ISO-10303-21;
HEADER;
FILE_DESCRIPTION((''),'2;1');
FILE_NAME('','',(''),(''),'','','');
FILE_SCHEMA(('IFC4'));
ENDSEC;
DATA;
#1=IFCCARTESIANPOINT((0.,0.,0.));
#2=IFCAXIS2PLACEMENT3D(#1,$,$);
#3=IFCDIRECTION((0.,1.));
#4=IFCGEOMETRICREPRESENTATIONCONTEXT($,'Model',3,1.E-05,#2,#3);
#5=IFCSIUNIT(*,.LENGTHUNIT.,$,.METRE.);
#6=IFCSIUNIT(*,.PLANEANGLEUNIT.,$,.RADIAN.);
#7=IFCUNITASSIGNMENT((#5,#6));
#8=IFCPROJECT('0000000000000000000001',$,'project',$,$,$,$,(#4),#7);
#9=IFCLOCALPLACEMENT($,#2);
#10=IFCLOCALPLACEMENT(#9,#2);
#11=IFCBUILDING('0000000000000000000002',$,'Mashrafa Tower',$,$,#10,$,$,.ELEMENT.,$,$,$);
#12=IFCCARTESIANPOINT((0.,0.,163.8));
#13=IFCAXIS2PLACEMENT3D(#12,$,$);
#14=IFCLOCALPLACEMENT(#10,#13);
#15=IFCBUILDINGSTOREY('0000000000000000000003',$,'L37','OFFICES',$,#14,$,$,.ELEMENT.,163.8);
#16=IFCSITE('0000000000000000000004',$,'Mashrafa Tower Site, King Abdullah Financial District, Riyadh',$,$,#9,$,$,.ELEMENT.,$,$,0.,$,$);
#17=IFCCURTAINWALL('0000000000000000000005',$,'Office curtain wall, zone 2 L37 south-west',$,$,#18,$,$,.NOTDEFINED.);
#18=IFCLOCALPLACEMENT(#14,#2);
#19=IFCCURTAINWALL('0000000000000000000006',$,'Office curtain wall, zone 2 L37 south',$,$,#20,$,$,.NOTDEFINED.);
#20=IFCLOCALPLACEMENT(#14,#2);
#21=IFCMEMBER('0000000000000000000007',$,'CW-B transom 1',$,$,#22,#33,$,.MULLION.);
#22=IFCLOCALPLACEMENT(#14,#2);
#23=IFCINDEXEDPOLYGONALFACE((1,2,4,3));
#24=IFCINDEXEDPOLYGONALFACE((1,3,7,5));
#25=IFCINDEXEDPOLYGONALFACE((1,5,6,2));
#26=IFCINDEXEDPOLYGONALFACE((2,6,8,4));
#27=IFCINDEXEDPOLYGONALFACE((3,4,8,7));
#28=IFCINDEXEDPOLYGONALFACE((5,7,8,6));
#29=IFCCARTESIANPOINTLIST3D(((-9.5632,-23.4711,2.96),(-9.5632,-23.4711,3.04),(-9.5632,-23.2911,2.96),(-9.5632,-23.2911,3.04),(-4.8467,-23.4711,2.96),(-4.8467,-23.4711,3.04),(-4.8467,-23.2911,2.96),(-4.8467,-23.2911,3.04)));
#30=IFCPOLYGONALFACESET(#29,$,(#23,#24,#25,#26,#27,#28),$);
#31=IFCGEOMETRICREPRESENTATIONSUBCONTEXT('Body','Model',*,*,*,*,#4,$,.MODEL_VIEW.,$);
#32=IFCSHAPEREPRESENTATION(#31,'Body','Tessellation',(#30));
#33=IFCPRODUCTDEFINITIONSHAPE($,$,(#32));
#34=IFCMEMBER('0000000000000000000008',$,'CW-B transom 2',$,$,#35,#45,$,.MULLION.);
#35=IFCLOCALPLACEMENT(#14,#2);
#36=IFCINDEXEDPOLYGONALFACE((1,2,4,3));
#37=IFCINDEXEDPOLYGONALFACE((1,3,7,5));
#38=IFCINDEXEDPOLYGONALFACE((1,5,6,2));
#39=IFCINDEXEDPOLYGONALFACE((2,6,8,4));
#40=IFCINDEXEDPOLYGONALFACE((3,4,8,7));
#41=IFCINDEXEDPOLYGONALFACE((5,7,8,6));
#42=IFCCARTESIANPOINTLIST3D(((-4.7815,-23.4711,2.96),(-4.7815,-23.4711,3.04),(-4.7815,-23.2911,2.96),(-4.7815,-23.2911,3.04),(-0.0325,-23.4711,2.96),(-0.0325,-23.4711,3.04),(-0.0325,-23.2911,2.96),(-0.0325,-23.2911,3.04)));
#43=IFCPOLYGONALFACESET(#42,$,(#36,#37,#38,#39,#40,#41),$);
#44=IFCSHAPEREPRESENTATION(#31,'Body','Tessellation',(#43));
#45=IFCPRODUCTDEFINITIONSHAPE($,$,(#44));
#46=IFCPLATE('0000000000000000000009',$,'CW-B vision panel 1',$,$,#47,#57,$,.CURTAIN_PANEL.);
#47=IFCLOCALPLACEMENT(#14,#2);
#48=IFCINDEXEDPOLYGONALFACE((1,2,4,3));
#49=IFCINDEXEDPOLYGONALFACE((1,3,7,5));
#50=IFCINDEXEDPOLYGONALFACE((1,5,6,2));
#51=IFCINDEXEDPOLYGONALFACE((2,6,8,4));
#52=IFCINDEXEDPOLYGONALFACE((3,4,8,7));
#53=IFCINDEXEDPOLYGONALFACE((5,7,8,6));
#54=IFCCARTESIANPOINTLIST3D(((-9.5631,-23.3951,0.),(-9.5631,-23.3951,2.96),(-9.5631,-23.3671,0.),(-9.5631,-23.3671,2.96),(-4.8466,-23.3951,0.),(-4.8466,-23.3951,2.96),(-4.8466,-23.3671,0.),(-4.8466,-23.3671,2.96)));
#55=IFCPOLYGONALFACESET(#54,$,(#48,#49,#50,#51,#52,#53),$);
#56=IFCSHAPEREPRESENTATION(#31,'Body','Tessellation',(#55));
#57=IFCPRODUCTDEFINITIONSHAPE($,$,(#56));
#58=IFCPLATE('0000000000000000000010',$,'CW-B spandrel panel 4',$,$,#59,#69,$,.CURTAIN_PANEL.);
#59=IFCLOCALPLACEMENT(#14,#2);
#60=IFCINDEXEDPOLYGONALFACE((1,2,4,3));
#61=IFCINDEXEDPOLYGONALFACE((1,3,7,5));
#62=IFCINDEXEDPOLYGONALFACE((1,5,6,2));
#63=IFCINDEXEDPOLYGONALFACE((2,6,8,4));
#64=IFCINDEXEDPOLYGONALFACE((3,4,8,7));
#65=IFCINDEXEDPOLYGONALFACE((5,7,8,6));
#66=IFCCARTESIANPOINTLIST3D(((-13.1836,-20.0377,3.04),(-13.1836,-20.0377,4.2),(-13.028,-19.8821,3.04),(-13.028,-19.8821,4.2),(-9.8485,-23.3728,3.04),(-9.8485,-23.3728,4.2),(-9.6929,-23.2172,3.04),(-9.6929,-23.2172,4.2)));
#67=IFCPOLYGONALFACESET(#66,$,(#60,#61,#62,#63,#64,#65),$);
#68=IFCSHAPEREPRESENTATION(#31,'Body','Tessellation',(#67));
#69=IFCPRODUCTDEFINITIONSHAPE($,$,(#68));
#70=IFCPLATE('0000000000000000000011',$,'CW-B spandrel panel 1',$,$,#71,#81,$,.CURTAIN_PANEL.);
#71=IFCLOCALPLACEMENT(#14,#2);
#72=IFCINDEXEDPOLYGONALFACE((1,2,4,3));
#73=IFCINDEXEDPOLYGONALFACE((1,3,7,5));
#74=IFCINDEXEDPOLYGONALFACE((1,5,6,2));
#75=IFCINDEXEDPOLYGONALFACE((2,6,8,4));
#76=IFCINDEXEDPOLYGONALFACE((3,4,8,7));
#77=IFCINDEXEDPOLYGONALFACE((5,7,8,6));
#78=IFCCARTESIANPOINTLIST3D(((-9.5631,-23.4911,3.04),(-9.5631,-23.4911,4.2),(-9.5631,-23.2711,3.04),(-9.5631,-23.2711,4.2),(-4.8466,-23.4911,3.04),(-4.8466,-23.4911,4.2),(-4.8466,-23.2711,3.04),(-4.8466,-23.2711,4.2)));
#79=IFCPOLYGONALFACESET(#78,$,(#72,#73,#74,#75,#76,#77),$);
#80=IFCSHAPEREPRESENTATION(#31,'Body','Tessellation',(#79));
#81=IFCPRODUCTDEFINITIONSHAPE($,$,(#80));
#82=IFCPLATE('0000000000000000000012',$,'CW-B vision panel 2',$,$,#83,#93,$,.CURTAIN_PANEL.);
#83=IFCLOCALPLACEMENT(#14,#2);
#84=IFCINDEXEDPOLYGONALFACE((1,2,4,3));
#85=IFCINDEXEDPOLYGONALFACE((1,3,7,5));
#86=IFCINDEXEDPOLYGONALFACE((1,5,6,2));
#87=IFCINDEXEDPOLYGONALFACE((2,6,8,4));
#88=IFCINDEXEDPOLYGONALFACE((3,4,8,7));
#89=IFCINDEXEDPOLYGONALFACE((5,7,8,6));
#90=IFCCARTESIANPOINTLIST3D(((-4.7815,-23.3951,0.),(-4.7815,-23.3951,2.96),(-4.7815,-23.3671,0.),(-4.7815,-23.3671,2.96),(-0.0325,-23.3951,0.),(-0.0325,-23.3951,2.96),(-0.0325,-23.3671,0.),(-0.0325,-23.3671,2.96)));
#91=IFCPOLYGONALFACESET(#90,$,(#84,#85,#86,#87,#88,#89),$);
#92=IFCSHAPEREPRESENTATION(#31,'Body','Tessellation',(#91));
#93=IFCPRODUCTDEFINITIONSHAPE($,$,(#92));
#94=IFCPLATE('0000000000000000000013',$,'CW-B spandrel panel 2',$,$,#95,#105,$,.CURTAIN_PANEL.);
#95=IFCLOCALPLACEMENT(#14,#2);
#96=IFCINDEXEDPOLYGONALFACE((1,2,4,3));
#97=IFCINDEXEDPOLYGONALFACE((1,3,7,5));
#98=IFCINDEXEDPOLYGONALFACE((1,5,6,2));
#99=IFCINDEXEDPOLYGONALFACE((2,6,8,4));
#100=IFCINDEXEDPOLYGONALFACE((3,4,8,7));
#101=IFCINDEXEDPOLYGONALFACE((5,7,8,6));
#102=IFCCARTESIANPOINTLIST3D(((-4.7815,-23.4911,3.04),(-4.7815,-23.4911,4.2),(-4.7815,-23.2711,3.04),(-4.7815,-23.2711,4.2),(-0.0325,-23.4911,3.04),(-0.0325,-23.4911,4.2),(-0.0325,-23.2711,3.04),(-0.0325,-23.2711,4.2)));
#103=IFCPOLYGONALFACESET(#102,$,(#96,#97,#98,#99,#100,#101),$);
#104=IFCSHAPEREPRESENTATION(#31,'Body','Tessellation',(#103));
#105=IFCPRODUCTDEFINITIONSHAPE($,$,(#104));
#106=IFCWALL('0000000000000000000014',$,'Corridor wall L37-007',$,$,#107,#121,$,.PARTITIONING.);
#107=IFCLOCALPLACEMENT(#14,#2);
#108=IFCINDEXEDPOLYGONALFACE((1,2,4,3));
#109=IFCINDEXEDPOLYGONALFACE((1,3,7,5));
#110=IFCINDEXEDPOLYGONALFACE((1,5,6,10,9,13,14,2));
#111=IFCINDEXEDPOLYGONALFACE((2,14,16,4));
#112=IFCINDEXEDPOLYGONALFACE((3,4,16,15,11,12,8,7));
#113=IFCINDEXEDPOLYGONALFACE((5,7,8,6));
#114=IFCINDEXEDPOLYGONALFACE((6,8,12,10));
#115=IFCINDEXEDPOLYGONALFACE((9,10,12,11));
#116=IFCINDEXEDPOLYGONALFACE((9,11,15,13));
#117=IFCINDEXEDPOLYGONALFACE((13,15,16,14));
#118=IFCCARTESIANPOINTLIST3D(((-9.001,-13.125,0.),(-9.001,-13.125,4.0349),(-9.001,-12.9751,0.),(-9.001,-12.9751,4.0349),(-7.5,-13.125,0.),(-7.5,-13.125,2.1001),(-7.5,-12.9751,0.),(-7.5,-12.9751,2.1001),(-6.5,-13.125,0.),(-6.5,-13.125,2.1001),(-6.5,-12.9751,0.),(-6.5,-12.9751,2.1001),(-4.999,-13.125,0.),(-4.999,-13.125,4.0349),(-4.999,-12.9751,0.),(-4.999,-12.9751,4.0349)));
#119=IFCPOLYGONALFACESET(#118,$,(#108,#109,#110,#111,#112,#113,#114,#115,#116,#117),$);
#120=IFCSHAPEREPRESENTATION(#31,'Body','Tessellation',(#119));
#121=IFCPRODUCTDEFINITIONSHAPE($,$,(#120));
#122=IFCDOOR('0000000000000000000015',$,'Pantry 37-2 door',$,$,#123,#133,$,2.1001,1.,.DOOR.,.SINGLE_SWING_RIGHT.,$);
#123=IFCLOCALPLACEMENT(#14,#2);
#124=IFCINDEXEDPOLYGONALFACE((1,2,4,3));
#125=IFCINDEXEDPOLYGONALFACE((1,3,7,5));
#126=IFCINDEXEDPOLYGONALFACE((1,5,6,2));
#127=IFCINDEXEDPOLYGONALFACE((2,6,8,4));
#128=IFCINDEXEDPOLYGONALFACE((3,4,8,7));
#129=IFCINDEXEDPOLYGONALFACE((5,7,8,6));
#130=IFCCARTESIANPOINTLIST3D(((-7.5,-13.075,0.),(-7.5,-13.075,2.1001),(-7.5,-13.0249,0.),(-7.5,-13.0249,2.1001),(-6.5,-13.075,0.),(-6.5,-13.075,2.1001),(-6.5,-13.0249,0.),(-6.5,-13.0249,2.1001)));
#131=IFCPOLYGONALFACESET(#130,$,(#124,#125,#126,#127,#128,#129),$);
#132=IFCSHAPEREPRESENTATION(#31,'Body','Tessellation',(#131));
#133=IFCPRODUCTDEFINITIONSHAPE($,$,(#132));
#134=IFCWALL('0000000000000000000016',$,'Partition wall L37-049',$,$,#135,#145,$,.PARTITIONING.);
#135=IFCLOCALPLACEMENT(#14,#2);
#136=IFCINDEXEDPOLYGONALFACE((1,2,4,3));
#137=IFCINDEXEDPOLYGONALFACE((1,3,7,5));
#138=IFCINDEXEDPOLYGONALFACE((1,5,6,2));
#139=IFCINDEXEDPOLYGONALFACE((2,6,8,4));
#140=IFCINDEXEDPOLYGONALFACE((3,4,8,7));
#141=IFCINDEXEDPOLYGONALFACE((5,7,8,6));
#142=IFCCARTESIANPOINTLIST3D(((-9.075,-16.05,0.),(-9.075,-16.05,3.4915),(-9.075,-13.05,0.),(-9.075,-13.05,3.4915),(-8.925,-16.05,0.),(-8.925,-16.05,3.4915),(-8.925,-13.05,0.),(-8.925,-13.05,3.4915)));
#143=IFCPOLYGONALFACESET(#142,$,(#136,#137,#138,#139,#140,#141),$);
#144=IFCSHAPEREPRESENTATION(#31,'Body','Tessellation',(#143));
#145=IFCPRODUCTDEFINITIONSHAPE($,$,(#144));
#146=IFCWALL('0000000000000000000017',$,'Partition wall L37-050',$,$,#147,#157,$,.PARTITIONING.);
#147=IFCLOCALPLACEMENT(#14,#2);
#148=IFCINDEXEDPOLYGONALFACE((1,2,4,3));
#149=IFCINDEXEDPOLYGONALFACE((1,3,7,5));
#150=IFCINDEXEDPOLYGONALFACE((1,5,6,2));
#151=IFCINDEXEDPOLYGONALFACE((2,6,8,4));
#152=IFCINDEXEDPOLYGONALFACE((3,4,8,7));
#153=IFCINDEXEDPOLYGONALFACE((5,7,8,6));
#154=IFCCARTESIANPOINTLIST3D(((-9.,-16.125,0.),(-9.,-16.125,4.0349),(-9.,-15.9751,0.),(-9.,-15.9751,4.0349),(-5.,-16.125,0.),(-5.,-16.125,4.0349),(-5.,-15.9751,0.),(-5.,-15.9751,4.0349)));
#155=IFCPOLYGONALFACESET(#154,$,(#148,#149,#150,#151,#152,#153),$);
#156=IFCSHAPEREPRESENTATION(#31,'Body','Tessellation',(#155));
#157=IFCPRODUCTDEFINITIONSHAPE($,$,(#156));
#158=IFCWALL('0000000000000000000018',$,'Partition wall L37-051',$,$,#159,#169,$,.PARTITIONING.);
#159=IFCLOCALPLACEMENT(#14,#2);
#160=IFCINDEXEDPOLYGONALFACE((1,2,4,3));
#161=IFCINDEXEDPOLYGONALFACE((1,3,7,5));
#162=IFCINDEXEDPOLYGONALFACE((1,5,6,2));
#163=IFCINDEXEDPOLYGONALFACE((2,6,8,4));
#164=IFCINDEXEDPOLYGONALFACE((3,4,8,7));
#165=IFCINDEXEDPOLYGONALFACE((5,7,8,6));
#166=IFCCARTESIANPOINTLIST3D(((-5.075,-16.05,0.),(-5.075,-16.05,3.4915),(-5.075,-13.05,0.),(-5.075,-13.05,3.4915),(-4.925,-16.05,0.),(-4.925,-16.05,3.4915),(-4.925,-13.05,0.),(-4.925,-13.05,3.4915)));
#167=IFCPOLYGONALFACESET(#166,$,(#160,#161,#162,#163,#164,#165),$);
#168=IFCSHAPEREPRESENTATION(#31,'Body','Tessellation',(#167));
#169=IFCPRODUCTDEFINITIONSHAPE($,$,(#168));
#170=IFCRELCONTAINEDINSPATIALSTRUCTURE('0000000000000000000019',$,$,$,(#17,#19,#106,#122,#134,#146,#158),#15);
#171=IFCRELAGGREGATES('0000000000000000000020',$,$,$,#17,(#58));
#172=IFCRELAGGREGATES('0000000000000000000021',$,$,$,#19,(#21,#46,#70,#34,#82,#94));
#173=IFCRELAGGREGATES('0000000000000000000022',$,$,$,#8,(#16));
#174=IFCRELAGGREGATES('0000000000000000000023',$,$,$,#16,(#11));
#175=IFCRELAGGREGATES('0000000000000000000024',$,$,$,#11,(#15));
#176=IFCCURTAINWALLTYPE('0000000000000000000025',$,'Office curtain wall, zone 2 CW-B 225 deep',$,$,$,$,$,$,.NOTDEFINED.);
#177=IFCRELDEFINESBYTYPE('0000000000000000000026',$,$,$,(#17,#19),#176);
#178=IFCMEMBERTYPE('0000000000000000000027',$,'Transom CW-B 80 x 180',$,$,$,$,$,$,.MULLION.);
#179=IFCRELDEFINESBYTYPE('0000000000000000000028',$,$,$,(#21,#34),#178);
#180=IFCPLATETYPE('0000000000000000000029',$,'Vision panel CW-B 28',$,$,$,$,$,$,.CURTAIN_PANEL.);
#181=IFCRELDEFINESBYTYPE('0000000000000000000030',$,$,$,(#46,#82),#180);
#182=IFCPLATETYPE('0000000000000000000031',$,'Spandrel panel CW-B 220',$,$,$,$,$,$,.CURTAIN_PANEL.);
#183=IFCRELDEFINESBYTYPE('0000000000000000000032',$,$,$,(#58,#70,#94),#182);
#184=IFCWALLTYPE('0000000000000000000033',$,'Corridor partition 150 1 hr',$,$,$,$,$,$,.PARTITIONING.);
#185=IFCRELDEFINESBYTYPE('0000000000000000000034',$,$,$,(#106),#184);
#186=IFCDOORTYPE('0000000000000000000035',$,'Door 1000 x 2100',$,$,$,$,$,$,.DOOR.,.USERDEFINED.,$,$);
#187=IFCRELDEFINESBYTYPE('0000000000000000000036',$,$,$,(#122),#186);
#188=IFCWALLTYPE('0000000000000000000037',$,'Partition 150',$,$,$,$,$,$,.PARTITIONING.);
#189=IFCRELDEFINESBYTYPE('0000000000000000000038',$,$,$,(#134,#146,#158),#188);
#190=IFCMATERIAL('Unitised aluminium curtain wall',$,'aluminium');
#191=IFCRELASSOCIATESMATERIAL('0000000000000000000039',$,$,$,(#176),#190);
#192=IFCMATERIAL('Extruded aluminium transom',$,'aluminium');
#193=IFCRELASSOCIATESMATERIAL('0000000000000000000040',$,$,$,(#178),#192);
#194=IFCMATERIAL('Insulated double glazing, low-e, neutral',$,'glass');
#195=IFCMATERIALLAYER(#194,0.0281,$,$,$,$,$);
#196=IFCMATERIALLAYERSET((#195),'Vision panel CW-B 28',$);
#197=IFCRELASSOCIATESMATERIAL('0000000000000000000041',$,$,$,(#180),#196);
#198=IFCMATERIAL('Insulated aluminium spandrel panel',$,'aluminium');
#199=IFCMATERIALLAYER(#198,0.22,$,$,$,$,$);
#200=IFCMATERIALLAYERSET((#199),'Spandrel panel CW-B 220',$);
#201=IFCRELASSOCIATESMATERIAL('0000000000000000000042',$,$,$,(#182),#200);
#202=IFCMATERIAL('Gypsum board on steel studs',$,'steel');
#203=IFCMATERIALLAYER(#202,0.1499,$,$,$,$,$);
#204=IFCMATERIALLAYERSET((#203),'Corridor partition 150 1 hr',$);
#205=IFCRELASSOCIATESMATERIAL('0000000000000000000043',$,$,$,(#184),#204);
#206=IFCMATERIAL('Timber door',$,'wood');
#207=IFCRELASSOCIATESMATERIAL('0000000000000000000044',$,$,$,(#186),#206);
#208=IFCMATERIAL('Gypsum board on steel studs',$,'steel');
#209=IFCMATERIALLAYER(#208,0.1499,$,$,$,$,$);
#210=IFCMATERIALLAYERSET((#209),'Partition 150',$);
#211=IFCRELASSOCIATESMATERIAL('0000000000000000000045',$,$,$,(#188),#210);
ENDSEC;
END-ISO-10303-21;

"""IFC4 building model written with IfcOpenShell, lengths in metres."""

from ifc_helpers import new_model, si_unit, direction, frame, frame_2d, origin, origin_2d, place, context, subcontext, project, spatial, rectangle, extrude, source, transform, mapped, material, layer, layer_set, material_profile, profile_set, type_object, type_shapes, element, fill, aggregate, save


model = new_model("IFC4")

# Units and contexts
model_context = context("Model", 3, precision=1e-05, world=origin(), true_north=direction((0.0, 1.0)))
body_context = subcontext(model_context, "Body", "Model", "MODEL_VIEW")
ifc_project = project(units=[si_unit("LENGTHUNIT", "METRE"), si_unit("PLANEANGLEUNIT", "RADIAN")], contexts=[model_context])

# Site, building, storey
site_placement = place(None, origin())
site = spatial("IfcSite", under=ifc_project, at=site_placement, Name="Mashrafa Tower Site, King Abdullah Financial District, Riyadh", CompositionType="ELEMENT", RefElevation=0.0)
building_placement = place(site_placement, origin())
building = spatial("IfcBuilding", under=site, at=building_placement, Name="Mashrafa Tower", CompositionType="ELEMENT")
storey_placement = place(building_placement, frame((0.0, 0.0, 163.8)))
storey = spatial("IfcBuildingStorey", under=building, at=storey_placement, Name="L37", Description="OFFICES", CompositionType="ELEMENT", Elevation=163.8)

# Curtain wall
ifc_material_1 = material(Name="Unitised aluminium curtain wall", Category="aluminium")
curtain_wall_type = type_object("IfcCurtainWallType", Name="Office curtain wall, zone 2 CW-B 225 deep", PredefinedType="NOTDEFINED", material=ifc_material_1)
curtain_wall_1_placement = place(storey_placement, origin())
curtain_wall_1 = element("IfcCurtainWall", 1, at=curtain_wall_1_placement, inside=storey, type_object=curtain_wall_type, Name="Office curtain wall, zone 2 L37 south-west", PredefinedType="NOTDEFINED")

# Curtain wall, members, plate
curtain_wall_2_placement = place(storey_placement, origin())
curtain_wall_2 = element("IfcCurtainWall", 2, at=curtain_wall_2_placement, inside=storey, type_object=curtain_wall_type, Name="Office curtain wall, zone 2 L37 south", PredefinedType="NOTDEFINED")
ifc_material_2 = material(Name="Extruded aluminium transom", Category="aluminium")
ifc_material_profile_1 = material_profile(ifc_material_2, rectangle(XDim=0.1799, YDim=0.0801, at=origin_2d()), Name="Transom 80x180")
ifc_profile_set_1 = profile_set([ifc_material_profile_1], Name="Extruded aluminium transom")
member_type_1 = type_object("IfcMemberType", Name="Transom CW-B 80 x 180", PredefinedType="MULLION", material=ifc_profile_set_1)
shared_shape_1 = source(origin(), body_context, "Body", "SweptSolid", [
    extrude(rectangle(XDim=0.1799, YDim=0.0801, at=origin_2d()), origin(), (0.0, 0.0, 1.0), 4.7166),
])
member_1_placement = place(storey_placement, frame((-9.5632, -23.3811, 3.0), z_axis=(1.0, 0.0, 0.0), x_axis=(0.0, 1.0, 0.0)))
member_1 = element("IfcMember", 3, at=member_1_placement, type_object=member_type_1, Name="CW-B transom 1", PredefinedType="MULLION", context=body_context, shape_type="MappedRepresentation", body=[
    mapped(shared_shape_1, transform((0.0, 0.0, 0.0))),
])
shared_shape_2 = source(origin(), body_context, "Body", "SweptSolid", [
    extrude(rectangle(XDim=0.1799, YDim=0.0801, at=origin_2d()), origin(), (0.0, 0.0, 1.0), 4.749),
])
type_shapes(member_type_1, [shared_shape_1, shared_shape_2])
member_2_placement = place(storey_placement, frame((-4.7815, -23.3811, 3.0), z_axis=(1.0, 0.0, 0.0), x_axis=(0.0, 1.0, 0.0)))
member_2 = element("IfcMember", 4, at=member_2_placement, type_object=member_type_1, Name="CW-B transom 2", PredefinedType="MULLION", context=body_context, shape_type="MappedRepresentation", body=[
    mapped(shared_shape_2, transform((0.0, 0.0, 0.0))),
])
ifc_material_3 = material(Name="Insulated double glazing, low-e, neutral", Category="glass")
ifc_layer_1 = layer(ifc_material_3, 0.0281)
ifc_layer_set_1 = layer_set([ifc_layer_1], Name="Vision panel CW-B 28")
plate_type_1 = type_object("IfcPlateType", Name="Vision panel CW-B 28", PredefinedType="CURTAIN_PANEL", material=ifc_layer_set_1)
shared_shape_3 = source(origin(), body_context, "Body", "SweptSolid", [
    extrude(rectangle(XDim=4.7166, YDim=0.0281, at=origin_2d()), origin(), (0.0, 0.0, 1.0), 2.96),
])
plate_1_placement = place(storey_placement, frame((-7.2048, -23.3811, 0.0), z_axis=(0.0, 0.0, 1.0), x_axis=(1.0, 0.0, 0.0)))
plate_1 = element("IfcPlate", 5, at=plate_1_placement, type_object=plate_type_1, Name="CW-B vision panel 1", PredefinedType="CURTAIN_PANEL", context=body_context, shape_type="MappedRepresentation", body=[
    mapped(shared_shape_3, transform((0.0, 0.0, 0.0))),
])

# Plates
ifc_material_4 = material(Name="Insulated aluminium spandrel panel", Category="aluminium")
ifc_layer_2 = layer(ifc_material_4, 0.22)
ifc_layer_set_2 = layer_set([ifc_layer_2], Name="Spandrel panel CW-B 220")
plate_type_2 = type_object("IfcPlateType", Name="Spandrel panel CW-B 220", PredefinedType="CURTAIN_PANEL", material=ifc_layer_set_2)
shared_shape_4 = source(origin(), body_context, "Body", "SweptSolid", [
    extrude(rectangle(XDim=4.7166, YDim=0.22, at=origin_2d()), origin(), (0.0, 0.0, 1.0), 1.1599),
])
plate_2_placement = place(storey_placement, frame((-11.4382, -21.6274, 3.04), z_axis=(0.0, 0.0, 1.0), x_axis=(0.707107, -0.707107, 0.0)))
plate_2 = element("IfcPlate", 6, at=plate_2_placement, type_object=plate_type_2, Name="CW-B spandrel panel 4", PredefinedType="CURTAIN_PANEL", context=body_context, shape_type="MappedRepresentation", body=[
    mapped(shared_shape_4, transform((0.0, 0.0, 0.0))),
])
aggregate(curtain_wall_1, [plate_2])
plate_3_placement = place(storey_placement, frame((-7.2048, -23.3811, 3.04), z_axis=(0.0, 0.0, 1.0), x_axis=(1.0, 0.0, 0.0)))
plate_3 = element("IfcPlate", 7, at=plate_3_placement, type_object=plate_type_2, Name="CW-B spandrel panel 1", PredefinedType="CURTAIN_PANEL", context=body_context, shape_type="MappedRepresentation", body=[
    mapped(shared_shape_4, transform((0.0, 0.0, 0.0))),
])
shared_shape_5 = source(origin(), body_context, "Body", "SweptSolid", [
    extrude(rectangle(XDim=4.749, YDim=0.0281, at=origin_2d()), origin(), (0.0, 0.0, 1.0), 2.96),
])
type_shapes(plate_type_1, [shared_shape_3, shared_shape_5])
plate_4_placement = place(storey_placement, frame((-2.407, -23.3811, 0.0), z_axis=(0.0, 0.0, 1.0), x_axis=(1.0, 0.0, 0.0)))
plate_4 = element("IfcPlate", 8, at=plate_4_placement, type_object=plate_type_1, Name="CW-B vision panel 2", PredefinedType="CURTAIN_PANEL", context=body_context, shape_type="MappedRepresentation", body=[
    mapped(shared_shape_5, transform((0.0, 0.0, 0.0))),
])
shared_shape_6 = source(origin(), body_context, "Body", "SweptSolid", [
    extrude(rectangle(XDim=4.749, YDim=0.22, at=origin_2d()), origin(), (0.0, 0.0, 1.0), 1.1599),
])
type_shapes(plate_type_2, [shared_shape_4, shared_shape_6])
plate_5_placement = place(storey_placement, frame((-2.407, -23.3811, 3.04), z_axis=(0.0, 0.0, 1.0), x_axis=(1.0, 0.0, 0.0)))
plate_5 = element("IfcPlate", 9, at=plate_5_placement, type_object=plate_type_2, Name="CW-B spandrel panel 2", PredefinedType="CURTAIN_PANEL", context=body_context, shape_type="MappedRepresentation", body=[
    mapped(shared_shape_6, transform((0.0, 0.0, 0.0))),
])
aggregate(curtain_wall_2, [member_1, plate_1, plate_3, member_2, plate_4, plate_5])

# Wall, opening, door
ifc_material_5 = material(Name="Gypsum board on steel studs", Category="steel")
ifc_layer_3 = layer(ifc_material_5, 0.1499)
ifc_layer_set_3 = layer_set([ifc_layer_3], Name="Corridor partition 150 1 hr")
wall_type_1 = type_object("IfcWallType", Name="Corridor partition 150 1 hr", PredefinedType="PARTITIONING", material=ifc_layer_set_3)
wall_1_placement = place(storey_placement, frame((-9.001, -13.05, 0.0), z_axis=(0.0, 0.0, 1.0), x_axis=(1.0, 0.0, 0.0)))
wall_1 = element("IfcWall", 10, at=wall_1_placement, inside=storey, type_object=wall_type_1, Name="Corridor wall L37-007", PredefinedType="PARTITIONING", context=body_context, shape_type="SweptSolid", body=[
    extrude(rectangle(XDim=4.002, YDim=0.1499, at=frame_2d((2.001, 0.0))), origin(), (0.0, 0.0, 1.0), 4.0349),
])
opening_1_placement = place(wall_1_placement, frame((1.501, 0.0, 0.0)))
opening_1 = element("IfcOpeningElement", 11, at=opening_1_placement, cuts=wall_1, PredefinedType="OPENING", context=body_context, shape_type="SweptSolid", body=[
    extrude(rectangle(XDim=1.0, YDim=2.1001, at=frame_2d((0.5, 1.05))), frame((0.0, 0.085, 0.0), z_axis=(0.0, -1.0, 0.0), x_axis=(1.0, 0.0, 0.0)), (0.0, 0.0, 1.0), 0.1699),
])
ifc_material_6 = material(Name="Timber door", Category="wood")
door_type = type_object("IfcDoorType", Name="Door 1000 x 2100", OperationType="USERDEFINED", PredefinedType="DOOR", material=ifc_material_6)
door_1_placement = place(opening_1_placement, frame((1.0, 0.0, 0.0), z_axis=(0.0, 0.0, 1.0), x_axis=(-1.0, 0.0, 0.0)))
door_1 = element("IfcDoor", 12, at=door_1_placement, inside=storey, type_object=door_type, Name="Pantry 37-2 door", OperationType="SINGLE_SWING_RIGHT", OverallHeight=2.1001, OverallWidth=1.0, PredefinedType="DOOR", context=body_context, shape_type="SweptSolid", body=[
    extrude(rectangle(XDim=1.0, YDim=2.1001, at=frame_2d((0.5, 1.05))), frame((0.0, 0.0249, 0.0), z_axis=(0.0, -1.0, 0.0), x_axis=(1.0, 0.0, 0.0)), (0.0, 0.0, 1.0), 0.05),
])
fill(opening_1, door_1)

# Walls
ifc_material_7 = material(Name="Gypsum board on steel studs", Category="steel")
ifc_layer_4 = layer(ifc_material_7, 0.1499)
ifc_layer_set_4 = layer_set([ifc_layer_4], Name="Partition 150")
wall_type_2 = type_object("IfcWallType", Name="Partition 150", PredefinedType="PARTITIONING", material=ifc_layer_set_4)
wall_2_placement = place(storey_placement, frame((-9.0, -13.05, 0.0), z_axis=(0.0, 0.0, 1.0), x_axis=(0.0, -1.0, 0.0)))
element("IfcWall", 13, at=wall_2_placement, inside=storey, type_object=wall_type_2, Name="Partition wall L37-049", PredefinedType="PARTITIONING", context=body_context, shape_type="SweptSolid", body=[
    extrude(rectangle(XDim=3.0, YDim=0.1499, at=frame_2d((1.5, 0.0))), origin(), (0.0, 0.0, 1.0), 3.4915),
])
wall_3_placement = place(storey_placement, frame((-9.0, -16.05, 0.0), z_axis=(0.0, 0.0, 1.0), x_axis=(1.0, 0.0, 0.0)))
element("IfcWall", 14, at=wall_3_placement, inside=storey, type_object=wall_type_2, Name="Partition wall L37-050", PredefinedType="PARTITIONING", context=body_context, shape_type="SweptSolid", body=[
    extrude(rectangle(XDim=4.0, YDim=0.1499, at=frame_2d((2.0, 0.0))), origin(), (0.0, 0.0, 1.0), 4.0349),
])
wall_4_placement = place(storey_placement, frame((-5.0, -16.05, 0.0), z_axis=(0.0, 0.0, 1.0), x_axis=(0.0, 1.0, 0.0)))
element("IfcWall", 15, at=wall_4_placement, inside=storey, type_object=wall_type_2, Name="Partition wall L37-051", PredefinedType="PARTITIONING", context=body_context, shape_type="SweptSolid", body=[
    extrude(rectangle(XDim=3.0, YDim=0.1499, at=frame_2d((1.5, 0.0))), origin(), (0.0, 0.0, 1.0), 3.4915),
])

save(model, "model.ifc")
